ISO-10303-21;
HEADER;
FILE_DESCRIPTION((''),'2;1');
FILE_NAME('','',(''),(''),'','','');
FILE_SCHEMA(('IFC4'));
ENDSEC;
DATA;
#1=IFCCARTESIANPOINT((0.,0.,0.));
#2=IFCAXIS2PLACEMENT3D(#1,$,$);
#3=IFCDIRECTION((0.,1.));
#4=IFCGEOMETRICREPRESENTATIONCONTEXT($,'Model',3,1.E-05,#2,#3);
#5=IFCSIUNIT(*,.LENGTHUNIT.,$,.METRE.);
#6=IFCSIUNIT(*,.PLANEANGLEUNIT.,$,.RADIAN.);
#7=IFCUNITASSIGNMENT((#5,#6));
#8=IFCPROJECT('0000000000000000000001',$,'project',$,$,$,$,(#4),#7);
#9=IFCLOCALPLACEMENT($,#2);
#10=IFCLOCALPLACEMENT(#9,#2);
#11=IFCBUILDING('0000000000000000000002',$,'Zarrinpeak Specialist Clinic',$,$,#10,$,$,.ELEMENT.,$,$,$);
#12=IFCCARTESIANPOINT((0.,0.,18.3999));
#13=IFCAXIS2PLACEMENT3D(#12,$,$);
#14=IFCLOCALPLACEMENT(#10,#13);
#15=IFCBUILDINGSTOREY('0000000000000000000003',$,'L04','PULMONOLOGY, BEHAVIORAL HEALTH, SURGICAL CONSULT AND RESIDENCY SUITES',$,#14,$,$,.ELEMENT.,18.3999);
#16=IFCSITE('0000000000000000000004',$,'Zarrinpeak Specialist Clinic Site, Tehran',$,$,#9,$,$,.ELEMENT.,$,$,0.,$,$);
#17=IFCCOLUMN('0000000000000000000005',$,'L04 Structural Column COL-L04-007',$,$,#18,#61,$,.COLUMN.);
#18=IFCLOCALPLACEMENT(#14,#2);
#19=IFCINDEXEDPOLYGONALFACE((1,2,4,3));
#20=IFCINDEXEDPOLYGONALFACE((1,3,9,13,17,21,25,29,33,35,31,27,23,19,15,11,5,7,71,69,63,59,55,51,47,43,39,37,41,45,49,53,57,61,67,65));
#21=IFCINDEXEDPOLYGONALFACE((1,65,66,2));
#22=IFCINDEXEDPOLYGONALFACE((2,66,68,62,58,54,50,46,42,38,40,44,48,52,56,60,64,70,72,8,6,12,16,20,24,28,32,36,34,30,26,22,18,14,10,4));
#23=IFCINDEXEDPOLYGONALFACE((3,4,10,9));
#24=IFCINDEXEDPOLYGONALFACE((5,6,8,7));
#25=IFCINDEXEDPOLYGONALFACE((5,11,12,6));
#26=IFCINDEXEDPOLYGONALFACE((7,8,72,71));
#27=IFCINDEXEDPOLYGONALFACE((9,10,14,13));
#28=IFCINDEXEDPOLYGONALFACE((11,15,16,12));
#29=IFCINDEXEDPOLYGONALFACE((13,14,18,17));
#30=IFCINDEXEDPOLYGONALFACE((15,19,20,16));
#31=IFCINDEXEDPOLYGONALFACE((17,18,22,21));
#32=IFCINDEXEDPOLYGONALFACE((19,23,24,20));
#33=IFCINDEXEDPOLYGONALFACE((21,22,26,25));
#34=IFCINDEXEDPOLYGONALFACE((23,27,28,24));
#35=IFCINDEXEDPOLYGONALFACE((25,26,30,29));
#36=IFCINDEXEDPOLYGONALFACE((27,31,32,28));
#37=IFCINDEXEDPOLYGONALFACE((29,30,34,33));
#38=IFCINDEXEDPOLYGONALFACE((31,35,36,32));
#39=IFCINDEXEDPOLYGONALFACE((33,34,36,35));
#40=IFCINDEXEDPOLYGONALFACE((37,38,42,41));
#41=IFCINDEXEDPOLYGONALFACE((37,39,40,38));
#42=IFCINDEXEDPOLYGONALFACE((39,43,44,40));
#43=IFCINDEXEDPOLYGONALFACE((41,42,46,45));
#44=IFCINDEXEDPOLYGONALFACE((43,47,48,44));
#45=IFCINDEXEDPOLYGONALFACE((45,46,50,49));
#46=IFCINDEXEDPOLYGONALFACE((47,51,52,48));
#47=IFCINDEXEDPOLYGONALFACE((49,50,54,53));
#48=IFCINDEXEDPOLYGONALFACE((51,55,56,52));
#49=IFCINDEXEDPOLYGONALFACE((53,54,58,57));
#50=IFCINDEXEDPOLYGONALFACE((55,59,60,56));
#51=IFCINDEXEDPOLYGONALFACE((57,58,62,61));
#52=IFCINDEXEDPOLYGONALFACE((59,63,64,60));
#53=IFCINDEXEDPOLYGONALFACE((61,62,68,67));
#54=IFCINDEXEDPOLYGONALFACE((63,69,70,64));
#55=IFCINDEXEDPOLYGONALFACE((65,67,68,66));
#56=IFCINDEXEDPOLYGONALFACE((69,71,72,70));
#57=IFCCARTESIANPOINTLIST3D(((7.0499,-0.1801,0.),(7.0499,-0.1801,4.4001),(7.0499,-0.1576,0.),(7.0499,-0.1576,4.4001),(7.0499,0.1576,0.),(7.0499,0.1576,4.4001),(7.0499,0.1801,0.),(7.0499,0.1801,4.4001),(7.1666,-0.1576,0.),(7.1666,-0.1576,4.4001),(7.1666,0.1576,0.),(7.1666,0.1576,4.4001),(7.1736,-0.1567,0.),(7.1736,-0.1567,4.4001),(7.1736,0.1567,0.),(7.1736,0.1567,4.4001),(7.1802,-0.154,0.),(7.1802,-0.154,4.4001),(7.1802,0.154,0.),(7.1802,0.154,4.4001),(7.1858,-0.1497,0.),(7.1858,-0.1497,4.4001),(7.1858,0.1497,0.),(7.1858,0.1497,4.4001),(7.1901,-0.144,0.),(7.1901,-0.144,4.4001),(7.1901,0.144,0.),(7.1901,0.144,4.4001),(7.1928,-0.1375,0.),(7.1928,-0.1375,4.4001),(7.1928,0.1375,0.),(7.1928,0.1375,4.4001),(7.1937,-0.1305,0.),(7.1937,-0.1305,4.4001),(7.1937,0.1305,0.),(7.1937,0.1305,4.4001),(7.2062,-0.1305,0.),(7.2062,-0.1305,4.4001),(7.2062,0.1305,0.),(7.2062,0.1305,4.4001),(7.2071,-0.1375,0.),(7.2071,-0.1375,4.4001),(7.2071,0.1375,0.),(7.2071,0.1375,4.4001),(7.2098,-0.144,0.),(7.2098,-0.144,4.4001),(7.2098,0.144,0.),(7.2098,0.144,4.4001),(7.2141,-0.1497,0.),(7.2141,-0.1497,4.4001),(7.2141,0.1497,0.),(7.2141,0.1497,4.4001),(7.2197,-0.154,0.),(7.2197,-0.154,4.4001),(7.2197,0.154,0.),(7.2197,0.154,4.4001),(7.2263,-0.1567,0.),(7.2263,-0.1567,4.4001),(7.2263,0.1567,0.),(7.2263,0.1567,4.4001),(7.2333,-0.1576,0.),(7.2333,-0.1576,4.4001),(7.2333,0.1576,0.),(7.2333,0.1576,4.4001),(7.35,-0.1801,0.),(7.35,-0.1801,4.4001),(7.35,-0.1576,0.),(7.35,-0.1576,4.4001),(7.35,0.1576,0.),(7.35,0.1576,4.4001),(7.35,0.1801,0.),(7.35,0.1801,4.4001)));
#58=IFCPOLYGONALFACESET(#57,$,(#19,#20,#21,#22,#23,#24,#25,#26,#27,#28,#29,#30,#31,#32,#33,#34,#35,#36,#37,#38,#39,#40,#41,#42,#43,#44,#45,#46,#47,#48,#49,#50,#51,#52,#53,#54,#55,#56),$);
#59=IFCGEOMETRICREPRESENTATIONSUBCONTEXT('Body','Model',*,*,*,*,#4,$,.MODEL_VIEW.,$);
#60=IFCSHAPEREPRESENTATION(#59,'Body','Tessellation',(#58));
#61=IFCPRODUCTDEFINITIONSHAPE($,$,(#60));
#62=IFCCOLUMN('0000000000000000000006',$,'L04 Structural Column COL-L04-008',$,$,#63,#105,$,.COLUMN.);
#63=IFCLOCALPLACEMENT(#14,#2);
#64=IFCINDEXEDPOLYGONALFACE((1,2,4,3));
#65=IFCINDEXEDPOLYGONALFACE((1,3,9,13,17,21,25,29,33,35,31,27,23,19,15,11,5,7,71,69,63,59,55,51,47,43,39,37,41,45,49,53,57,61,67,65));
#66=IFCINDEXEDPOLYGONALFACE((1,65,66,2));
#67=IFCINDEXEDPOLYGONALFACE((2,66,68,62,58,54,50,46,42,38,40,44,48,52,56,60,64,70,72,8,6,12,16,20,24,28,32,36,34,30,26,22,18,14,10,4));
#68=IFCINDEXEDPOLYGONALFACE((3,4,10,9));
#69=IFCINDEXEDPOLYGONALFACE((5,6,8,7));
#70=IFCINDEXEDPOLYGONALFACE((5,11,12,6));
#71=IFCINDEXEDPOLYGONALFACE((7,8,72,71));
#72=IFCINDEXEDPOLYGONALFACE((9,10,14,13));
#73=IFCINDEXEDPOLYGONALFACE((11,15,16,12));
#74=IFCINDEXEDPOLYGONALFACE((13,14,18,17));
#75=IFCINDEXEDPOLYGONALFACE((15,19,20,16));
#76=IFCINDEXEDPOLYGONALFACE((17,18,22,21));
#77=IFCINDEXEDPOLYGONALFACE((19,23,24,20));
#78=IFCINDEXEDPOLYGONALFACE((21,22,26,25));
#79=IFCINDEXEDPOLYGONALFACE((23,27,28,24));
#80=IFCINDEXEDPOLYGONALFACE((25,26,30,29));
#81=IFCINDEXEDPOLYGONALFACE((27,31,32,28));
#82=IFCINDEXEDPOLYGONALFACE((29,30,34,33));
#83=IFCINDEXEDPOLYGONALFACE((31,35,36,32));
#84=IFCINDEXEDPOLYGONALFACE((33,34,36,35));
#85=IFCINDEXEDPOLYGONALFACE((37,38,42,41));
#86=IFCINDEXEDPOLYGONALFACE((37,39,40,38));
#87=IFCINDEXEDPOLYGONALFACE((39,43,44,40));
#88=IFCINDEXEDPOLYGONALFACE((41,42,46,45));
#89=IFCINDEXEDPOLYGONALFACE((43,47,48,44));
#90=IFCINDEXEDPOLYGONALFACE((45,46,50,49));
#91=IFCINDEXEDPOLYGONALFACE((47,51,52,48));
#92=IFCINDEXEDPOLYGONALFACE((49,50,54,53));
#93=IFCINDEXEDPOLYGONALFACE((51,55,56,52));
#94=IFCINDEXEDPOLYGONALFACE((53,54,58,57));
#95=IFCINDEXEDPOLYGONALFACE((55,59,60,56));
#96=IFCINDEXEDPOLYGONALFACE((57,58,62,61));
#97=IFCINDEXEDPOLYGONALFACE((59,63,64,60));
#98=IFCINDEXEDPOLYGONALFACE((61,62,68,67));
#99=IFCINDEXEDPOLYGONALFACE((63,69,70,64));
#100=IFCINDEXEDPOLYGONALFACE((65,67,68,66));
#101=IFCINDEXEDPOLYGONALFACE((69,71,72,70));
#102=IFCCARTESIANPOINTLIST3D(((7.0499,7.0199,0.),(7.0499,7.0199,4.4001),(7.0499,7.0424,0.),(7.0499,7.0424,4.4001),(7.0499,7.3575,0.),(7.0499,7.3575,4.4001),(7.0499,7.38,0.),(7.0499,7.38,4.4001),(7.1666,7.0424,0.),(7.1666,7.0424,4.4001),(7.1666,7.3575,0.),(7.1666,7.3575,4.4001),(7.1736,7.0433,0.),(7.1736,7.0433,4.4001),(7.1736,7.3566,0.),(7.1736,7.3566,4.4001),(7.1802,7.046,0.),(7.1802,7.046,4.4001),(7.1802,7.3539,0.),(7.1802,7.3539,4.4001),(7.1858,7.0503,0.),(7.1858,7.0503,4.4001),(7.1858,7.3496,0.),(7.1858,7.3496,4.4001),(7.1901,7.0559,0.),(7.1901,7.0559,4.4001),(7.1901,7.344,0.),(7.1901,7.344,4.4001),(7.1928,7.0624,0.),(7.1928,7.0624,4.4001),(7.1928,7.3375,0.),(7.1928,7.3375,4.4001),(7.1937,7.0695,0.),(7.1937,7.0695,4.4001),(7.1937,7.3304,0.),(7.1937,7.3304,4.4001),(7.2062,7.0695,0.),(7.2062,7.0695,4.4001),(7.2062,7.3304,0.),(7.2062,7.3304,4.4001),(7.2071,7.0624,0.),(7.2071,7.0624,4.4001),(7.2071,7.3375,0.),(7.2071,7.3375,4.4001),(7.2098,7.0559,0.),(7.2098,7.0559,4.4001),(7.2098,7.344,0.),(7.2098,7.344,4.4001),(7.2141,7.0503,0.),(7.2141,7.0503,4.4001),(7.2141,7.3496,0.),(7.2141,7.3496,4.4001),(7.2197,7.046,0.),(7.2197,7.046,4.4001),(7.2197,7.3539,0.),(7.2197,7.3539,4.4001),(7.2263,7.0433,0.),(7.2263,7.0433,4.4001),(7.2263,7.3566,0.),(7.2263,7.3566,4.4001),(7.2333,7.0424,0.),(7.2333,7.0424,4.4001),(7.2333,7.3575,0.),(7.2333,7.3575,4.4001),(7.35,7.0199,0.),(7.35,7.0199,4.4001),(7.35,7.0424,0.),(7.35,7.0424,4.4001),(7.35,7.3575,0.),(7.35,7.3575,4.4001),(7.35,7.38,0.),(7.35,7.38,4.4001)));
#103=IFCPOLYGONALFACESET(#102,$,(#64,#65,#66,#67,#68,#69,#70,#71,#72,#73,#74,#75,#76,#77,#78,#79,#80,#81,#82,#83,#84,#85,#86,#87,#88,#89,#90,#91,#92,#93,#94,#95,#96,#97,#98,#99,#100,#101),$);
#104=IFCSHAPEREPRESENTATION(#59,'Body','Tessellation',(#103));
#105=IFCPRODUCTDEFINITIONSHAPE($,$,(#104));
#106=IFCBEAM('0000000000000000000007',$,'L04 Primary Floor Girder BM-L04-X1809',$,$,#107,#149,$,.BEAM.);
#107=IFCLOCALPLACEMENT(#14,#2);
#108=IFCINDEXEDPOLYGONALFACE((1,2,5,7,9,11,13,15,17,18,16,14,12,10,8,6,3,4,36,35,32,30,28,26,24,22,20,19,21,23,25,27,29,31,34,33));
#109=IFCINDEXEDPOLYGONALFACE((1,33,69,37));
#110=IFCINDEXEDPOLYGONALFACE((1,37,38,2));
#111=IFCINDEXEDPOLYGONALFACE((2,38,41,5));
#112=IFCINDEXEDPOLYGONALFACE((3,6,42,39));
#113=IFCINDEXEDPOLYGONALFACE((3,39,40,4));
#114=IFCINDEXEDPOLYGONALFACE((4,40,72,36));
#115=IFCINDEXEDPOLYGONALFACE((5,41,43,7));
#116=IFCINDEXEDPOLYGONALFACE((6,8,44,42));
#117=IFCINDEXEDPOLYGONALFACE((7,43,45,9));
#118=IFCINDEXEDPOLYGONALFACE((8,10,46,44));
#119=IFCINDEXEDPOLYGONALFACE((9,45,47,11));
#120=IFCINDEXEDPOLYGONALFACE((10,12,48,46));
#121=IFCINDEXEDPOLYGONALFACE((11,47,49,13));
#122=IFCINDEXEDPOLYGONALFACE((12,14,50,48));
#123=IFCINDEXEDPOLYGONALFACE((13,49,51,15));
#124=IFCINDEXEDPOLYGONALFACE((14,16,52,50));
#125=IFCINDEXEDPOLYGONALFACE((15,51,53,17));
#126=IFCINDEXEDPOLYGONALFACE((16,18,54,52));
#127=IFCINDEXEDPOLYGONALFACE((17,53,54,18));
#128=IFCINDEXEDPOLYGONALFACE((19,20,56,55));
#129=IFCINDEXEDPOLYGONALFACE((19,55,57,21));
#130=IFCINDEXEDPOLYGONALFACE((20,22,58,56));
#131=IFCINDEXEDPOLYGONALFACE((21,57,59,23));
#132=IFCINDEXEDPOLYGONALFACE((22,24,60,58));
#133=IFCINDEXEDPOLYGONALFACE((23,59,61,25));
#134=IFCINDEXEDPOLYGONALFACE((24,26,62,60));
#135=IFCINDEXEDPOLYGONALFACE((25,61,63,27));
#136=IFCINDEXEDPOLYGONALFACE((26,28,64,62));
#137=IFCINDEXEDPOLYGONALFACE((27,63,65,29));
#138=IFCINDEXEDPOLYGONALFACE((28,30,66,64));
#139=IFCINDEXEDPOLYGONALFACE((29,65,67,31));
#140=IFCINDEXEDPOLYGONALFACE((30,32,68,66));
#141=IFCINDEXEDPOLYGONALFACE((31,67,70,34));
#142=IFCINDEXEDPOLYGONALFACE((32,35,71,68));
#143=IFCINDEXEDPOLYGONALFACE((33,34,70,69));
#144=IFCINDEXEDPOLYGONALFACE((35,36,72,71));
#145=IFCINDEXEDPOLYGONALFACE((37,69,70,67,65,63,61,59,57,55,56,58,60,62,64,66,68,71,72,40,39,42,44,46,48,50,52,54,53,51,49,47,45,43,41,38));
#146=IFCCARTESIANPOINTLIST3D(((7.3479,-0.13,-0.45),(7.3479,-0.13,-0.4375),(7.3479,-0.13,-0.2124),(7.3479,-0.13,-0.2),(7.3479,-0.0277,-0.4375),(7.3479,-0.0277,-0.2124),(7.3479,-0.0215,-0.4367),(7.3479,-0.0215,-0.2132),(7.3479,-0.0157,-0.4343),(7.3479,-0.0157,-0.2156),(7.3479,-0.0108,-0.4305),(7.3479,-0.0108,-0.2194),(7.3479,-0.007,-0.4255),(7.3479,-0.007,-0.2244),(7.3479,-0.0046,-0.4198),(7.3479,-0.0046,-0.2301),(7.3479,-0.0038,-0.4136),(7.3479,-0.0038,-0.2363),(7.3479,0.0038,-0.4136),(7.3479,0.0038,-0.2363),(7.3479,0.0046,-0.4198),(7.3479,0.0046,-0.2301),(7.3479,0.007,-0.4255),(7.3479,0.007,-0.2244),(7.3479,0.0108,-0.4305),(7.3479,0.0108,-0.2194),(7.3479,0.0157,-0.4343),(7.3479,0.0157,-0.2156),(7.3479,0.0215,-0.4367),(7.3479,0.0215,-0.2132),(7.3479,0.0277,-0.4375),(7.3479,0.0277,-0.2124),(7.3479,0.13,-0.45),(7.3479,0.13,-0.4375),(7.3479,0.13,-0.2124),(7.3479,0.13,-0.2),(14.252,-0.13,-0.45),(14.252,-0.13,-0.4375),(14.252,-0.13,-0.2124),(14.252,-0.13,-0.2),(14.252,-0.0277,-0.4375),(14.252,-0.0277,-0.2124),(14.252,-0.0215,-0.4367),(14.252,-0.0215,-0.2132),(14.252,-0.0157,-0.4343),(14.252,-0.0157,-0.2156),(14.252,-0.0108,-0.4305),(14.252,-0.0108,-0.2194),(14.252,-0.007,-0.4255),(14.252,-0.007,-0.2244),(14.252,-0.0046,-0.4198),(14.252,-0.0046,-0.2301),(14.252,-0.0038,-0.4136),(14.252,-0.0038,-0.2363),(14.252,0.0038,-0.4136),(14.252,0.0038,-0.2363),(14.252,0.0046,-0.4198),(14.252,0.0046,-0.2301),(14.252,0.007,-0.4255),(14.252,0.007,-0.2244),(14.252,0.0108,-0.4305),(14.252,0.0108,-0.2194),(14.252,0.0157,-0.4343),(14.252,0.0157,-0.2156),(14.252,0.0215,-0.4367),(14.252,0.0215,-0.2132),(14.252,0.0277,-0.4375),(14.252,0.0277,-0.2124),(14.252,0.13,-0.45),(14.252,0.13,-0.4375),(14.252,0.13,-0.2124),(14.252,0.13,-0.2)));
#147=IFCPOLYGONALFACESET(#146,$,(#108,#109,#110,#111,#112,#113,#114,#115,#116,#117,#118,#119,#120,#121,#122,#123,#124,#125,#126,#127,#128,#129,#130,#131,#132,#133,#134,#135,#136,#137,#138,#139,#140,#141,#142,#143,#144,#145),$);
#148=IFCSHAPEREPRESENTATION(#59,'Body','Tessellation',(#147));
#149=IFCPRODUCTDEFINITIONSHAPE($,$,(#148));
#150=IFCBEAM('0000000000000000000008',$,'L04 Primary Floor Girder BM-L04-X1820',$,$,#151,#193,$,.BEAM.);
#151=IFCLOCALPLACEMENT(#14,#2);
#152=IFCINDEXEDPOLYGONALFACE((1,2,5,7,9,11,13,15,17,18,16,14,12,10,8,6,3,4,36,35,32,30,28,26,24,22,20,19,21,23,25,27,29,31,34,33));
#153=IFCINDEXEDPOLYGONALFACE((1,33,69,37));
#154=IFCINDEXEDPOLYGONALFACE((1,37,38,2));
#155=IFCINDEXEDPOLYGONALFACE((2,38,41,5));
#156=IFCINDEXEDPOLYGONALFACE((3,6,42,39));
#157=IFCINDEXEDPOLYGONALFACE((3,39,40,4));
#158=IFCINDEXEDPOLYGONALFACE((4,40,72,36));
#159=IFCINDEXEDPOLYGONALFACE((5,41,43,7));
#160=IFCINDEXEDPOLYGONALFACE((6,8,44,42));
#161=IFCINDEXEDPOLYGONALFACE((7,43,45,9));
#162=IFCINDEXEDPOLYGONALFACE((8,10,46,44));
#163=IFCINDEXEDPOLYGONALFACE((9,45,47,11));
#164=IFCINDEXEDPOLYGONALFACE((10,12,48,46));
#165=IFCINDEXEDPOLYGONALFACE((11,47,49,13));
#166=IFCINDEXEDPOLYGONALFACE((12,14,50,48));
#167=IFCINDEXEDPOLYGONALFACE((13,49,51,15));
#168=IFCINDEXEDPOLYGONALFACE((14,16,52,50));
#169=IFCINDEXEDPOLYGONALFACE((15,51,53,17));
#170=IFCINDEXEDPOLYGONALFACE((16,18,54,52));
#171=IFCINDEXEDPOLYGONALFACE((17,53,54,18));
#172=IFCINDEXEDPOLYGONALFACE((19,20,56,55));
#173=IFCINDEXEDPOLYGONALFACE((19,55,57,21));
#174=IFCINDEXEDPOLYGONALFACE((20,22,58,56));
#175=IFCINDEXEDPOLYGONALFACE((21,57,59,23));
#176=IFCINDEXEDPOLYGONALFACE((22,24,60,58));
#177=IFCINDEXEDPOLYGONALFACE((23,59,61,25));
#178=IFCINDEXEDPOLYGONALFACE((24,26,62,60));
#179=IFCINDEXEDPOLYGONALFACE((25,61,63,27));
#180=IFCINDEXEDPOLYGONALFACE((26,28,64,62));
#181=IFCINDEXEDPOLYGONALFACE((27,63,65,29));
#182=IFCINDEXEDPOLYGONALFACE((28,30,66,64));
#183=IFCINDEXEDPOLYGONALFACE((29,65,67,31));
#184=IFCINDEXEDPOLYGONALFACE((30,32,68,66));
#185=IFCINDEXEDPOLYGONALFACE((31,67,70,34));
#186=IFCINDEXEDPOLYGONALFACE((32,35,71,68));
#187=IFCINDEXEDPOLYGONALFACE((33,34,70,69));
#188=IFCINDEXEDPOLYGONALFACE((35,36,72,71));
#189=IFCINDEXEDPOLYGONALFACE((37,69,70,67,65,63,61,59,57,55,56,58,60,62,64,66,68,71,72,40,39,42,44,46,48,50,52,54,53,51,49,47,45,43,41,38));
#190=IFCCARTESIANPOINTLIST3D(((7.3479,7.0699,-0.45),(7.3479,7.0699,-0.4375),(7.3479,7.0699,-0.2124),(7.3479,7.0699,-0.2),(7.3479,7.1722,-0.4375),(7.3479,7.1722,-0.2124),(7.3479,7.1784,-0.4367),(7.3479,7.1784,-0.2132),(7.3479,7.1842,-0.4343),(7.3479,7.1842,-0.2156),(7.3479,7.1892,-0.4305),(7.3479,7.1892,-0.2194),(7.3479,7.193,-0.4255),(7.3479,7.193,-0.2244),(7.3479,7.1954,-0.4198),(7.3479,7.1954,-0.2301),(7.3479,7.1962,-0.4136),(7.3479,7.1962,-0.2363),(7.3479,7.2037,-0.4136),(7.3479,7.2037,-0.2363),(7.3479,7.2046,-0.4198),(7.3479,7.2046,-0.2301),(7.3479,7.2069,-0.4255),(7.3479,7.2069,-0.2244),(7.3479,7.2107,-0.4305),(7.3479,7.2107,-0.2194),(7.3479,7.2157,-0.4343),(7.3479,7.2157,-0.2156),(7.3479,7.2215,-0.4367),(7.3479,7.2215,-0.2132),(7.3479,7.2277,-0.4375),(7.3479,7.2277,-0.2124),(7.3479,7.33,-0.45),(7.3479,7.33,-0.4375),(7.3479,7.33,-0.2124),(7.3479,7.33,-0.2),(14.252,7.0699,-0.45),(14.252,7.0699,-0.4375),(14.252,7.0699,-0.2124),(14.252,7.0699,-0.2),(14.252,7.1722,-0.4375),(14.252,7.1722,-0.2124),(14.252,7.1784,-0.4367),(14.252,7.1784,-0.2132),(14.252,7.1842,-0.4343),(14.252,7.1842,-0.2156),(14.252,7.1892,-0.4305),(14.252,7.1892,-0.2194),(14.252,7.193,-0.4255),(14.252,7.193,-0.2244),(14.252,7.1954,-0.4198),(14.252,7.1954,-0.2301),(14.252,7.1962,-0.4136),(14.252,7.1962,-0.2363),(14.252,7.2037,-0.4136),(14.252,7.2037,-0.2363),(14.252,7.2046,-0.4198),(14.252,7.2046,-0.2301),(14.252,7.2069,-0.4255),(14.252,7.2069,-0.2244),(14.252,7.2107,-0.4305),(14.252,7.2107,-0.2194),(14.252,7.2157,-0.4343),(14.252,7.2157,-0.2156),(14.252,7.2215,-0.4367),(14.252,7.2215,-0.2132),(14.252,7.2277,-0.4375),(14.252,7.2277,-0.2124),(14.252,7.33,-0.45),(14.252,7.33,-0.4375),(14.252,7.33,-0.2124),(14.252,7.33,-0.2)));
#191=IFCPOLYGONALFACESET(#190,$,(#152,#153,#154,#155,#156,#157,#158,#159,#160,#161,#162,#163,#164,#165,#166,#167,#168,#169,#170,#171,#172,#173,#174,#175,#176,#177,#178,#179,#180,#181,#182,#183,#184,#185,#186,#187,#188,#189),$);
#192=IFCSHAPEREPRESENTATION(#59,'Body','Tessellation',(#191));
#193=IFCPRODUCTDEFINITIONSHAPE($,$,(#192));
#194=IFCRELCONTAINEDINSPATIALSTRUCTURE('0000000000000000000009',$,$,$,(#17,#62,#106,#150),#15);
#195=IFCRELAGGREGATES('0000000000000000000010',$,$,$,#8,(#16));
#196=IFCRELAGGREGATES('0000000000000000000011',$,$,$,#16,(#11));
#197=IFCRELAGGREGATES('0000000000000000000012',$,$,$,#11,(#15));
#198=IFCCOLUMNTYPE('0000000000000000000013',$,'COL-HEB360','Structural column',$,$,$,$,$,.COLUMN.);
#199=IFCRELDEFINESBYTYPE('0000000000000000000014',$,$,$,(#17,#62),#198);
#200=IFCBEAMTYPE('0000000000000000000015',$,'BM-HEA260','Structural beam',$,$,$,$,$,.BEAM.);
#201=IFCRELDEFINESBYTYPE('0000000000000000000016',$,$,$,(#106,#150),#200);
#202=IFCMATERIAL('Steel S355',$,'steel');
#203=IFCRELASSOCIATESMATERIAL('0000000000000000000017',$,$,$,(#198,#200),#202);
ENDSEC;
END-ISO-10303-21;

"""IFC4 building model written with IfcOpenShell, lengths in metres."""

from ifc_helpers import new_model, si_unit, direction, frame, origin, origin_2d, place, context, subcontext, project, spatial, i_section, extrude, material, material_profile, profile_set, type_object, element, save


model = new_model("IFC4")

# Units and contexts
model_context = context("Model", 3, precision=1e-05, world=origin(), true_north=direction((0.0, 1.0)))
body_context = subcontext(model_context, "Body", "Model", "MODEL_VIEW")
ifc_project = project(units=[si_unit("LENGTHUNIT", "METRE"), si_unit("PLANEANGLEUNIT", "RADIAN")], contexts=[model_context])

# Site, building, storey
site_placement = place(None, origin())
site = spatial("IfcSite", under=ifc_project, at=site_placement, Name="Zarrinpeak Specialist Clinic Site, Tehran", CompositionType="ELEMENT", RefElevation=0.0)
building_placement = place(site_placement, origin())
building = spatial("IfcBuilding", under=site, at=building_placement, Name="Zarrinpeak Specialist Clinic", CompositionType="ELEMENT")
storey_placement = place(building_placement, frame((0.0, 0.0, 18.3999)))
storey = spatial("IfcBuildingStorey", under=building, at=storey_placement, Name="L04", Description="PULMONOLOGY, BEHAVIORAL HEALTH, SURGICAL CONSULT AND RESIDENCY SUITES", CompositionType="ELEMENT", Elevation=18.3999)

# Columns
ifc_material_1 = material(Name="Steel S355", Category="steel")
ifc_material_profile_1 = material_profile(ifc_material_1, i_section(OverallWidth=0.3, OverallDepth=0.3601, WebThickness=0.0125, FlangeThickness=0.0225, FilletRadius=0.0271, at=origin_2d()), Name="HEB 360")
ifc_profile_set_1 = profile_set([ifc_material_profile_1], Name="Steel S355")
column_type = type_object("IfcColumnType", Name="COL-HEB360", Description="Structural column", PredefinedType="COLUMN", material=ifc_profile_set_1)
for number, where, z_axis, x_axis, name in (
    (1, (7.2, 0.0, 0.0), (0.0, 0.0, 1.0), (1.0, 0.0, 0.0), "L04 Structural Column COL-L04-007"),
    (2, (7.2, 7.2, 0.0), (0.0, 0.0, 1.0), (1.0, 0.0, 0.0), "L04 Structural Column COL-L04-008"),
):
    element("IfcColumn", number, at=place(storey_placement, frame(where, z_axis=z_axis, x_axis=x_axis)), inside=storey, type_object=column_type, Name=name, PredefinedType="COLUMN", context=body_context, shape_type="SweptSolid", body=[
        extrude(i_section(OverallWidth=0.3, OverallDepth=0.3601, WebThickness=0.0125, FlangeThickness=0.0225, FilletRadius=0.0271, at=origin_2d()), origin(), (0.0, 0.0, 1.0), 4.4001),
    ])

# Beams
ifc_material_profile_2 = material_profile(ifc_material_1, i_section(OverallWidth=0.26, OverallDepth=0.25, WebThickness=0.0076, FlangeThickness=0.0125, FilletRadius=0.0239, at=origin_2d()), Name="HEA 260")
ifc_profile_set_2 = profile_set([ifc_material_profile_2], Name="Steel S355")
beam_type_1 = type_object("IfcBeamType", Name="BM-HEA260", Description="Structural beam", PredefinedType="BEAM", material=ifc_profile_set_2)
for number, where, z_axis, x_axis, name in (
    (3, (7.3479, 0.0, -0.325), (1.0, 0.0, 0.0), (0.0, 1.0, 0.0), "L04 Primary Floor Girder BM-L04-X1809"),
    (4, (7.3479, 7.2, -0.325), (1.0, 0.0, 0.0), (0.0, 1.0, 0.0), "L04 Primary Floor Girder BM-L04-X1820"),
):
    element("IfcBeam", number, at=place(storey_placement, frame(where, z_axis=z_axis, x_axis=x_axis)), inside=storey, type_object=beam_type_1, Name=name, PredefinedType="BEAM", context=body_context, shape_type="SweptSolid", body=[
        extrude(i_section(OverallWidth=0.26, OverallDepth=0.25, WebThickness=0.0076, FlangeThickness=0.0125, FilletRadius=0.0239, at=origin_2d()), origin(), (0.0, 0.0, 1.0), 6.9041),
    ])

save(model, "model.ifc")
